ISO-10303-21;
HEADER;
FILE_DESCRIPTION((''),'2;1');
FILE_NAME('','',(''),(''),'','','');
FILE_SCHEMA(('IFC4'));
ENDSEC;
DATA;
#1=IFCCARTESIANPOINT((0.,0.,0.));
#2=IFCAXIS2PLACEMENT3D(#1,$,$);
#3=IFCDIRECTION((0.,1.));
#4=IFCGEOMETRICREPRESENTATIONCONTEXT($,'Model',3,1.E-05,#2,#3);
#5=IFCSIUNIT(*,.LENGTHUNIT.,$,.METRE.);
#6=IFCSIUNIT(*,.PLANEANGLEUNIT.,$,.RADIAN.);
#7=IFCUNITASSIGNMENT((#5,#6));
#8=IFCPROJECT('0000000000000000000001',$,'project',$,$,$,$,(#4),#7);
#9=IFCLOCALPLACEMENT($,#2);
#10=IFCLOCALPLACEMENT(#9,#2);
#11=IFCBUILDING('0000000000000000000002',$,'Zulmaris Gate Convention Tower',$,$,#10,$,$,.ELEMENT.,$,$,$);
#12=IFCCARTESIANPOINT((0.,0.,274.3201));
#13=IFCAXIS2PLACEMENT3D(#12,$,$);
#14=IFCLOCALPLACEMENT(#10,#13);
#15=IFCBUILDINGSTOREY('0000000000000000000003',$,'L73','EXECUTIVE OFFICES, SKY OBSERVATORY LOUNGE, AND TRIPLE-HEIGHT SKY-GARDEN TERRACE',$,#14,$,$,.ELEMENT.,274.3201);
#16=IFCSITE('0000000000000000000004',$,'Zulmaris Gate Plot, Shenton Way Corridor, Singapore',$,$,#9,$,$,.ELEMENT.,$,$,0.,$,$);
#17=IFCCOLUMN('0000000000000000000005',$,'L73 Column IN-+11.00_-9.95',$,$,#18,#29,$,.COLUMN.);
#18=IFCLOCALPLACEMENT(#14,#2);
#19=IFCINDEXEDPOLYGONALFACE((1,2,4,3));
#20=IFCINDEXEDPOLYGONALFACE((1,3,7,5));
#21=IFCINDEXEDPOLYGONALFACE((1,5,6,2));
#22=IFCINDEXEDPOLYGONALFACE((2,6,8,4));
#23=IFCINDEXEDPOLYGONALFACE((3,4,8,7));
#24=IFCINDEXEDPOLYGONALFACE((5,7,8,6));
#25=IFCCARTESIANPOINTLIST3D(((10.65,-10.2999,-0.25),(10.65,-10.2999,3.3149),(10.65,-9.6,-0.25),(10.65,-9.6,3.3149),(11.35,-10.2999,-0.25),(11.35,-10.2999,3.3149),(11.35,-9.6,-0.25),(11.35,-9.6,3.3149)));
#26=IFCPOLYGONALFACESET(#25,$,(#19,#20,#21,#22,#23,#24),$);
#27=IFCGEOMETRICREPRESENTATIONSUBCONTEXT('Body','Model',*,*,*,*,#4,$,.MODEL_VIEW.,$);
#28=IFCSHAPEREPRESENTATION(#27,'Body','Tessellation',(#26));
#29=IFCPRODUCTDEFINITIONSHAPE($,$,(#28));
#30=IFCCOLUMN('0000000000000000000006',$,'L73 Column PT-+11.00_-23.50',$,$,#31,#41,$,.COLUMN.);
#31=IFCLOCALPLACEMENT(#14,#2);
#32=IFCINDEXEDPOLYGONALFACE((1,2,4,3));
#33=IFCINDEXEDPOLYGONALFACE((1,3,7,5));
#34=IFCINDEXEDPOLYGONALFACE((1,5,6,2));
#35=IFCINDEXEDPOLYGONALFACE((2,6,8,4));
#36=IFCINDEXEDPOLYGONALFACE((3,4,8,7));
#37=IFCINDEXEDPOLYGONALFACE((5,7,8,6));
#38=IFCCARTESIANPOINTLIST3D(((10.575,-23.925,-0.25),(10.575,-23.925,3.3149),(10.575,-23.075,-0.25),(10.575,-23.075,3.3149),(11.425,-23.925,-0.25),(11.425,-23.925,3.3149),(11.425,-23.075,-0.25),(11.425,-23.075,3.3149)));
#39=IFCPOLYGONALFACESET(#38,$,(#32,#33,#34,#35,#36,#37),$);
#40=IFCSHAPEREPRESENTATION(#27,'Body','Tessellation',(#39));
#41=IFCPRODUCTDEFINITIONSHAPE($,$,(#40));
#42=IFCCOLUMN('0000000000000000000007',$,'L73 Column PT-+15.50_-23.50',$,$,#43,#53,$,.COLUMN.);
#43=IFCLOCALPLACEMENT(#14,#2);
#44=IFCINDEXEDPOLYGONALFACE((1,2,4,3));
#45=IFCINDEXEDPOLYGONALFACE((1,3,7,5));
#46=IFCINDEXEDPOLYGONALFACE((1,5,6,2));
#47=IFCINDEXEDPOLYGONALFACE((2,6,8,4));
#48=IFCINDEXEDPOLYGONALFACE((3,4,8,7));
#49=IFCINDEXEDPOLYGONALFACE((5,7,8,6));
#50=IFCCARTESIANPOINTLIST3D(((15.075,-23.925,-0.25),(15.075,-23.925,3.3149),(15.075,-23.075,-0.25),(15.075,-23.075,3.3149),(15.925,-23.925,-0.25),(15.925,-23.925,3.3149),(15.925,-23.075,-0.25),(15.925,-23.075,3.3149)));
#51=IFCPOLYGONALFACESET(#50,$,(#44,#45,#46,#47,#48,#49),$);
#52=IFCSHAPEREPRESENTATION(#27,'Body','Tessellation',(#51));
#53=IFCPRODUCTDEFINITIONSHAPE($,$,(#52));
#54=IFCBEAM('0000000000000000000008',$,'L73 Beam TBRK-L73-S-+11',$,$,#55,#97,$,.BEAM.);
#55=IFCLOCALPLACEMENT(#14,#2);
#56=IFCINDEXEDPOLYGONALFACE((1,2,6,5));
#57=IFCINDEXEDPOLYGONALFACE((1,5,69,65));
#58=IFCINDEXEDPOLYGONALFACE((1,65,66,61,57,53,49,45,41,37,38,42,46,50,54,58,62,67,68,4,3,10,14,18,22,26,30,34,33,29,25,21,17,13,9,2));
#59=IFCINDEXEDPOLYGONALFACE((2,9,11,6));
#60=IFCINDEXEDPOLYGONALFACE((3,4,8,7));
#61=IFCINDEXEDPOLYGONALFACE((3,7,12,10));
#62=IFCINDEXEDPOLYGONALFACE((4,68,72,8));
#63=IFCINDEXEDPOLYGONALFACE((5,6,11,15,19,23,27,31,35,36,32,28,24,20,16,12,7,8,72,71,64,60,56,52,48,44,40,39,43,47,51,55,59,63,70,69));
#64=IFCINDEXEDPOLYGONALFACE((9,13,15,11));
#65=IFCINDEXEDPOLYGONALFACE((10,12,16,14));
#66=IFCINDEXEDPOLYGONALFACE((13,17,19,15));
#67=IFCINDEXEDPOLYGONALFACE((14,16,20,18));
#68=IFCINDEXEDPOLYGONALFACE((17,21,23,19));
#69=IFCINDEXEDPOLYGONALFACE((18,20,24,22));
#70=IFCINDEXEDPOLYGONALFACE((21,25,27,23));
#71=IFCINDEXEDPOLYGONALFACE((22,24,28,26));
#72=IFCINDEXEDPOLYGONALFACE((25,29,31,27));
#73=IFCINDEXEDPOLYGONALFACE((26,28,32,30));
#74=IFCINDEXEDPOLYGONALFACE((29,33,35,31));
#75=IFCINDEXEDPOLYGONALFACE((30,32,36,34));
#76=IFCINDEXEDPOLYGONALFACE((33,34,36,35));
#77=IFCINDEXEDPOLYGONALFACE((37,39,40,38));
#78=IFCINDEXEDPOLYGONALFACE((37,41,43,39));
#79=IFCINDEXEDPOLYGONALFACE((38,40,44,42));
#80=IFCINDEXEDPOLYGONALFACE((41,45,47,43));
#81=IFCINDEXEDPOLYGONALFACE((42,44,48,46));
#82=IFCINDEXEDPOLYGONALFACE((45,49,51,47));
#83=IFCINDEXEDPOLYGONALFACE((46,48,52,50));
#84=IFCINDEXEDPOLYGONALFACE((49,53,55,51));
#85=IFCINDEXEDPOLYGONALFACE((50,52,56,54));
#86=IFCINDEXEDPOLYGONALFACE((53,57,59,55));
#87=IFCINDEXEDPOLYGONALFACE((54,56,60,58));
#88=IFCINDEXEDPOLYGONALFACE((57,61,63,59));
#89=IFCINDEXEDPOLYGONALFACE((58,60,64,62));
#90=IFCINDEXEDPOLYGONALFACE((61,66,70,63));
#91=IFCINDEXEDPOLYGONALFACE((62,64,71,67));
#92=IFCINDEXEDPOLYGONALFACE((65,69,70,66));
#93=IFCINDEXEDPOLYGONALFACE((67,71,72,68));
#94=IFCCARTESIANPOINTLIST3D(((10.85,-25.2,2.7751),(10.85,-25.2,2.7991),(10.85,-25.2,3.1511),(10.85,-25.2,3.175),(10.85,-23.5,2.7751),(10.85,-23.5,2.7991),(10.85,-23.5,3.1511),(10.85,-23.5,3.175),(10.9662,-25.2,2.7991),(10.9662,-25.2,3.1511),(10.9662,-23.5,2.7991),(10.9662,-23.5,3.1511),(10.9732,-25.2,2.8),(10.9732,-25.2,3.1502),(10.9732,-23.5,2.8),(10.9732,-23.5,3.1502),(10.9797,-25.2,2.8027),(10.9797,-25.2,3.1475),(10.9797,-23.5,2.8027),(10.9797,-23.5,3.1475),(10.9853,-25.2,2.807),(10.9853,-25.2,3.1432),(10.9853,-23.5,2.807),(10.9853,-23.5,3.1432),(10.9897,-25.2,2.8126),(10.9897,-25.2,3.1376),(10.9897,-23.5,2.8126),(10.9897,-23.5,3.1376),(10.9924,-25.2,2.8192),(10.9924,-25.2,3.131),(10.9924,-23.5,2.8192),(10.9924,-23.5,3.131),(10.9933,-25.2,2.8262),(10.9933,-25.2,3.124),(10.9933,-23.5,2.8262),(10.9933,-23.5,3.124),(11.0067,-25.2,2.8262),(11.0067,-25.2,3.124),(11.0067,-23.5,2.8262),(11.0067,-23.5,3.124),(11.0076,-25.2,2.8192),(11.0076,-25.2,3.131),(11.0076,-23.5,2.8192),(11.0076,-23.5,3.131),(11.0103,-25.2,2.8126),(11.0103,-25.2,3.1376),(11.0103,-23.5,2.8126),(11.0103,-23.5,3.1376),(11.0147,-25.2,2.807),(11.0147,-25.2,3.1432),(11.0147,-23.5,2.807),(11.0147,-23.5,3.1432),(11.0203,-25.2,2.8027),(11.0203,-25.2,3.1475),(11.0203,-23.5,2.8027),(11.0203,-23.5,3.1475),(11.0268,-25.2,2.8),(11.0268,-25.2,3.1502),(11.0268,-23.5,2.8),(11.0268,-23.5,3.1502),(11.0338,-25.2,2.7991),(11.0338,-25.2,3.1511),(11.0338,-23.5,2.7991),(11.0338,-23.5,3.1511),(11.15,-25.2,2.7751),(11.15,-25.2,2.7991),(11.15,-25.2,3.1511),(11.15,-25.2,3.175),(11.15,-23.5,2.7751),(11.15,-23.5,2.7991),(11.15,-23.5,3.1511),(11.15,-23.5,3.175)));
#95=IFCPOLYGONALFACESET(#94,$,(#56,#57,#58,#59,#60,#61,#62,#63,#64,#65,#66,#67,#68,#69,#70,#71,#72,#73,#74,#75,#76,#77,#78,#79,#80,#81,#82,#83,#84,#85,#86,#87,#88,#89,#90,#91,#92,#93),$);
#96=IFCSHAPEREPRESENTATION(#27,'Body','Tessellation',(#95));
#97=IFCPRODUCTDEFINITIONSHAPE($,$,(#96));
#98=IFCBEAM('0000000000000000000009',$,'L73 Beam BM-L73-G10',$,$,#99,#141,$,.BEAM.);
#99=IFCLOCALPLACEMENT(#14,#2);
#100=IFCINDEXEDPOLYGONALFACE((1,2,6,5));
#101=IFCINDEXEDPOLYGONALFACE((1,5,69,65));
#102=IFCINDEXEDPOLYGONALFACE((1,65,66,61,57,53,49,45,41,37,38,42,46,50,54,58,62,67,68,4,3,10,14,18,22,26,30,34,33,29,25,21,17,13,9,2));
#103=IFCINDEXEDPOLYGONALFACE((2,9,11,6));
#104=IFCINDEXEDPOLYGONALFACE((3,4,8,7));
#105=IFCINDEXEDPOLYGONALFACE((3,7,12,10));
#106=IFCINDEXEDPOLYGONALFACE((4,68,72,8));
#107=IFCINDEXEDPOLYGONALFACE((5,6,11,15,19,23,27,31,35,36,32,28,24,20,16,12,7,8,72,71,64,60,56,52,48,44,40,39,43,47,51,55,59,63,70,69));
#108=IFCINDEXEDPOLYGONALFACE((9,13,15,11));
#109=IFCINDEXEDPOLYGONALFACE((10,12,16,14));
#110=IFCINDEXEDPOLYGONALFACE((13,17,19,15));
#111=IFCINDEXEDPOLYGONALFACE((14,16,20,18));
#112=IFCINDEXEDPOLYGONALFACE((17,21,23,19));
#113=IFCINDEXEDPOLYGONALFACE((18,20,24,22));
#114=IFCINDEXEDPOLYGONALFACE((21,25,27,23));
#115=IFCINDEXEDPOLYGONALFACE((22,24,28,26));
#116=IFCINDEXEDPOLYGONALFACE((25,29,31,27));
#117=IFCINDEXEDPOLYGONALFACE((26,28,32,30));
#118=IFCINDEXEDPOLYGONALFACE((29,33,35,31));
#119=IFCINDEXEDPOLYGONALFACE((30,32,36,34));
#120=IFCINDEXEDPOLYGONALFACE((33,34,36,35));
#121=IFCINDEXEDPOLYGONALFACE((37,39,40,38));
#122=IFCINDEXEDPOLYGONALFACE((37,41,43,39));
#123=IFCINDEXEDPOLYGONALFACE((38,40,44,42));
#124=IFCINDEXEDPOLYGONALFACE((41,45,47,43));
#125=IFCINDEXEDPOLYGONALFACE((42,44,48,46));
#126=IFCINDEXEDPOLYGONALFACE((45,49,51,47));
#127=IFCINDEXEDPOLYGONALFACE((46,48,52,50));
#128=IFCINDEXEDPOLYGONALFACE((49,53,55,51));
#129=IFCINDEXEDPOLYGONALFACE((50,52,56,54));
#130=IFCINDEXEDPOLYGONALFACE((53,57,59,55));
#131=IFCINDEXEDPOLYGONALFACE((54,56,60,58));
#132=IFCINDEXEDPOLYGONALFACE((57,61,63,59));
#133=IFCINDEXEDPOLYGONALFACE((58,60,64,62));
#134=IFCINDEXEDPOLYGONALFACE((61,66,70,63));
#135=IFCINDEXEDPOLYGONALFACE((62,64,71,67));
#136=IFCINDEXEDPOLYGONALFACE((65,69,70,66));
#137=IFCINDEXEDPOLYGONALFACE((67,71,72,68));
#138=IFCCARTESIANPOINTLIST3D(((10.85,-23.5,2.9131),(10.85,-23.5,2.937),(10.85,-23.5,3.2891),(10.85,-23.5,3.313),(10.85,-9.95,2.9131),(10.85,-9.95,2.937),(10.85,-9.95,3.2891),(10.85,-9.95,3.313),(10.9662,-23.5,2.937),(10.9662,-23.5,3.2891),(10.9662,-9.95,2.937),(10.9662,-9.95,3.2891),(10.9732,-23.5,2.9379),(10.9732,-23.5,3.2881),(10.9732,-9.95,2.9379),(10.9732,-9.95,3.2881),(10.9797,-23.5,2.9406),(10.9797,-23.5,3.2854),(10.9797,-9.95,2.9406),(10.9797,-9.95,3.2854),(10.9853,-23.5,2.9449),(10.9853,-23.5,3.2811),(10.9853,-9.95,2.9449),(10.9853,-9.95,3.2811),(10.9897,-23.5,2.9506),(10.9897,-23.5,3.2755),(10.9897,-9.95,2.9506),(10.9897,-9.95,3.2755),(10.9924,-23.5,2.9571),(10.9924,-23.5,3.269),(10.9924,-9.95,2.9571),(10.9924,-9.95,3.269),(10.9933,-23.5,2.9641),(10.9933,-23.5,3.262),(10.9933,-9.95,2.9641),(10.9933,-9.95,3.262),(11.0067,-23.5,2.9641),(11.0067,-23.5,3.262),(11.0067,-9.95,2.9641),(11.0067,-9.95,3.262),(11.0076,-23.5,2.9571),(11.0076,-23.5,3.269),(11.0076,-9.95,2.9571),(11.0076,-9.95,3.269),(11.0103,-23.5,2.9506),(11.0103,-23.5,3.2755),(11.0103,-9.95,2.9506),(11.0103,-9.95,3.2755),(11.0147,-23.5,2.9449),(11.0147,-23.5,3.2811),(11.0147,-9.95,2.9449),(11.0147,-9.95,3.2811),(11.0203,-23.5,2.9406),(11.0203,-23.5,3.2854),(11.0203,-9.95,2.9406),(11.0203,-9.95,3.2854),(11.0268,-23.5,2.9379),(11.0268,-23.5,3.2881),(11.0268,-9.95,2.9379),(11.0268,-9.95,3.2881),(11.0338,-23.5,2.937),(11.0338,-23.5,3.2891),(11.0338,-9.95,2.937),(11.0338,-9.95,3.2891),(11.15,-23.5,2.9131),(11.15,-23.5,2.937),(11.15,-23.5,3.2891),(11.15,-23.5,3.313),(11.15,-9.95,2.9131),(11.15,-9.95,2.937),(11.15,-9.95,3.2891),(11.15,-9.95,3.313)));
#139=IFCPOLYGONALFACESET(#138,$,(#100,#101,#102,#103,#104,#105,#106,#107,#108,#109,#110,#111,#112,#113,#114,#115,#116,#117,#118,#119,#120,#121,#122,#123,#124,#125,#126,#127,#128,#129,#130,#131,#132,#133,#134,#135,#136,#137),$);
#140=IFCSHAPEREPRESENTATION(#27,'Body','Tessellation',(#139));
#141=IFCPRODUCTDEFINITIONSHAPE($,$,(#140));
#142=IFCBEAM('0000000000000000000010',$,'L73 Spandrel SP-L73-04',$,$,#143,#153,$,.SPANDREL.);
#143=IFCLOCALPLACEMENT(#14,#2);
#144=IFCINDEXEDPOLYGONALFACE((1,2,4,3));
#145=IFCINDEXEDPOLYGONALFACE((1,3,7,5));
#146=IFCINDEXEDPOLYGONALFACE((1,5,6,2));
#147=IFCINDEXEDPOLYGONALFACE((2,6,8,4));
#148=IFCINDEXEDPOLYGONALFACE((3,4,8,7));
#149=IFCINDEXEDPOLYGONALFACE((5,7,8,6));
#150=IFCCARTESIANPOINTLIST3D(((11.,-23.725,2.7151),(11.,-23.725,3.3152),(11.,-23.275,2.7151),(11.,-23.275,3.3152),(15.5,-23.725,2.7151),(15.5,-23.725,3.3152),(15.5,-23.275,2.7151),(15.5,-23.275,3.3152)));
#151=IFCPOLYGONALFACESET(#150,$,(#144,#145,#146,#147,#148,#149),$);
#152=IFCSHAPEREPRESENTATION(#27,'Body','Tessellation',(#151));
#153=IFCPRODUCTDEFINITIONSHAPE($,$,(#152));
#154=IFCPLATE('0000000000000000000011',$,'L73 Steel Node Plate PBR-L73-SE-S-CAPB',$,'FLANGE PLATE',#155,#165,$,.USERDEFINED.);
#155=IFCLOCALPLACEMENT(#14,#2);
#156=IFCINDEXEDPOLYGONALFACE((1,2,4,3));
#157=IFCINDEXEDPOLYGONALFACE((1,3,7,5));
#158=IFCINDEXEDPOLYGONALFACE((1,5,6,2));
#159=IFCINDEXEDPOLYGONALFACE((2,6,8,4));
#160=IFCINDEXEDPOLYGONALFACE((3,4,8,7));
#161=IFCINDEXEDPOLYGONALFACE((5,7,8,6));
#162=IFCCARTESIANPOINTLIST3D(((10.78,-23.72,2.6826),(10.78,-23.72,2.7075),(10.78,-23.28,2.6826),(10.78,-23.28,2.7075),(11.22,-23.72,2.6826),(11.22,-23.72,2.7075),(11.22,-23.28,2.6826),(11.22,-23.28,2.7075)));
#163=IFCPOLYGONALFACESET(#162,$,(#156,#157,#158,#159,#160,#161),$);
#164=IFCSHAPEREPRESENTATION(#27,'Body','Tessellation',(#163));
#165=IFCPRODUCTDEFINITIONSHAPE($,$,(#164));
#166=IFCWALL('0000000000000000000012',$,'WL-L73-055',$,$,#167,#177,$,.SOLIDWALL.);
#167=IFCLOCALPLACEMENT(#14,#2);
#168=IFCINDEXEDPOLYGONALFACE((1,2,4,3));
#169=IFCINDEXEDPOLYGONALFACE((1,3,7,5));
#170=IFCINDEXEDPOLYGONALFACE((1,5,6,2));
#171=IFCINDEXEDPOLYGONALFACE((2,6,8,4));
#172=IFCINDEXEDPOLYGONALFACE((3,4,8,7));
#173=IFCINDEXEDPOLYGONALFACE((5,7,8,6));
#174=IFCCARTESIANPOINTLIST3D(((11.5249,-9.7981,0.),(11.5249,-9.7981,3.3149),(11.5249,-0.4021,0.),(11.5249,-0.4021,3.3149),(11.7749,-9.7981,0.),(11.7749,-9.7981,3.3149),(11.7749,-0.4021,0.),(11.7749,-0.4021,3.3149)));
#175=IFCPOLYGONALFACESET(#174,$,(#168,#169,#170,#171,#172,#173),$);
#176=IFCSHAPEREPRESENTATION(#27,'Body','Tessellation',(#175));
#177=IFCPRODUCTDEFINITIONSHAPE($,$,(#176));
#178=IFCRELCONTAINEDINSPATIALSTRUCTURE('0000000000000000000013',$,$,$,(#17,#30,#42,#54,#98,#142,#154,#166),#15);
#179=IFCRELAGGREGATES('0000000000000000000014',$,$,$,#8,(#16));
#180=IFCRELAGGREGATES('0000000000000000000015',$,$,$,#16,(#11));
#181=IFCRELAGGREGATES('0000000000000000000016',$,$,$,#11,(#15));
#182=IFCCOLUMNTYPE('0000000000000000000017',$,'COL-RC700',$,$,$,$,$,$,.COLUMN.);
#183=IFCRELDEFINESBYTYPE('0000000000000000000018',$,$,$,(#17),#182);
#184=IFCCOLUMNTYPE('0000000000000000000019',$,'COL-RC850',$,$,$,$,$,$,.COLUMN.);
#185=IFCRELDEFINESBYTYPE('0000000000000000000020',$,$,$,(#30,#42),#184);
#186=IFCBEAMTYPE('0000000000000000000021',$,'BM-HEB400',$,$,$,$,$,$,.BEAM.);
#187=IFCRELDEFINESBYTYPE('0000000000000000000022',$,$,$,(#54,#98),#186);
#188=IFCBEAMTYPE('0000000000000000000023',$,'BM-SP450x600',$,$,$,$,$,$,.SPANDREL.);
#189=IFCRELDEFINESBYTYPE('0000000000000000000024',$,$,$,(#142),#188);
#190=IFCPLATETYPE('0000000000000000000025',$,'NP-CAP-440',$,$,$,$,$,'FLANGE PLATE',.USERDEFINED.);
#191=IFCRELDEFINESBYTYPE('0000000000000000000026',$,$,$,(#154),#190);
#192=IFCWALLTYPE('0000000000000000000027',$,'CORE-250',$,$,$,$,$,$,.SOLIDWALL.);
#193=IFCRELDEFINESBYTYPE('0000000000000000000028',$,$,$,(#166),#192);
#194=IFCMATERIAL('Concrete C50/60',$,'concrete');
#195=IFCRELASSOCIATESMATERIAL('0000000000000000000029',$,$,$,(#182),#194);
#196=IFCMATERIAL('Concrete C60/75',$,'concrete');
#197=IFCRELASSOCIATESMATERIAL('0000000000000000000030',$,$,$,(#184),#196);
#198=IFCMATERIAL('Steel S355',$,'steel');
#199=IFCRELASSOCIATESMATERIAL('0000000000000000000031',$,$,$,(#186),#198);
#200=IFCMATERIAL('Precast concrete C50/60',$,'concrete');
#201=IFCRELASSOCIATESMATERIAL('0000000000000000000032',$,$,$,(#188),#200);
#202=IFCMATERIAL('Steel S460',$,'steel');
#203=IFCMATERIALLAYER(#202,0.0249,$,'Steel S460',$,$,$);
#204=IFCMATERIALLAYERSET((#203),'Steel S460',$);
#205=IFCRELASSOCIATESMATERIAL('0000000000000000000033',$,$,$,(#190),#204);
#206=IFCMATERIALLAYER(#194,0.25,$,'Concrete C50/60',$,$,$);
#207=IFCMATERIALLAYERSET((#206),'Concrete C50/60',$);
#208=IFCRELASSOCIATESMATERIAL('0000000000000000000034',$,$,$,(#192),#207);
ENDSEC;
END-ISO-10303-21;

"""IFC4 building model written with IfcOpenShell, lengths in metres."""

from ifc_helpers import new_model, si_unit, direction, frame, frame_2d, origin, origin_2d, place, context, subcontext, project, spatial, rectangle, i_section, extrude, material, layer, layer_set, material_profile, profile_set, type_object, element, save


model = new_model("IFC4")

# Units and contexts
model_context = context("Model", 3, precision=1e-05, world=origin(), true_north=direction((0.0, 1.0)))
body_context = subcontext(model_context, "Body", "Model", "MODEL_VIEW")
ifc_project = project(units=[si_unit("LENGTHUNIT", "METRE"), si_unit("PLANEANGLEUNIT", "RADIAN")], contexts=[model_context])

# Site, building, storey
site_placement = place(None, origin())
site = spatial("IfcSite", under=ifc_project, at=site_placement, Name="Zulmaris Gate Plot, Shenton Way Corridor, Singapore", CompositionType="ELEMENT", RefElevation=0.0)
building_placement = place(site_placement, origin())
building = spatial("IfcBuilding", under=site, at=building_placement, Name="Zulmaris Gate Convention Tower", CompositionType="ELEMENT")
storey_placement = place(building_placement, frame((0.0, 0.0, 274.3201)))
storey = spatial("IfcBuildingStorey", under=building, at=storey_placement, Name="L73", Description="EXECUTIVE OFFICES, SKY OBSERVATORY LOUNGE, AND TRIPLE-HEIGHT SKY-GARDEN TERRACE", CompositionType="ELEMENT", Elevation=274.3201)

# Columns
ifc_material_1 = material(Name="Concrete C50/60", Category="concrete")
ifc_material_profile_1 = material_profile(ifc_material_1, rectangle(XDim=0.7, YDim=0.7, at=origin_2d()), Name="RC COL 700x700")
ifc_profile_set_1 = profile_set([ifc_material_profile_1], Name="Concrete C50/60")
column_type_1 = type_object("IfcColumnType", Name="COL-RC700", PredefinedType="COLUMN", material=ifc_profile_set_1)
column_placement = place(storey_placement, frame((11.0, -9.95, -0.25), z_axis=(0.0, 0.0, 1.0), x_axis=(1.0, 0.0, 0.0)))
element("IfcColumn", 1, at=column_placement, inside=storey, type_object=column_type_1, Name="L73 Column IN-+11.00_-9.95", PredefinedType="COLUMN", context=body_context, shape_type="SweptSolid", body=[
    extrude(rectangle(XDim=0.7, YDim=0.7, at=origin_2d()), origin(), (0.0, 0.0, 1.0), 3.5649),
])
ifc_material_2 = material(Name="Concrete C60/75", Category="concrete")
ifc_material_profile_2 = material_profile(ifc_material_2, rectangle(XDim=0.8501, YDim=0.8501, at=origin_2d()), Name="RC COL 850x850")
ifc_profile_set_2 = profile_set([ifc_material_profile_2], Name="Concrete C60/75")
column_type_2 = type_object("IfcColumnType", Name="COL-RC850", PredefinedType="COLUMN", material=ifc_profile_set_2)
for number, where, z_axis, x_axis, name in (
    (2, (11.0, -23.5, -0.25), (0.0, 0.0, 1.0), (1.0, 0.0, 0.0), "L73 Column PT-+11.00_-23.50"),
    (3, (15.5, -23.5, -0.25), (0.0, 0.0, 1.0), (1.0, 0.0, 0.0), "L73 Column PT-+15.50_-23.50"),
):
    element("IfcColumn", number, at=place(storey_placement, frame(where, z_axis=z_axis, x_axis=x_axis)), inside=storey, type_object=column_type_2, Name=name, PredefinedType="COLUMN", context=body_context, shape_type="SweptSolid", body=[
        extrude(rectangle(XDim=0.8501, YDim=0.8501, at=origin_2d()), origin(), (0.0, 0.0, 1.0), 3.5649),
    ])

# Beams
ifc_material_3 = material(Name="Steel S355", Category="steel")
ifc_material_profile_3 = material_profile(ifc_material_3, i_section(OverallWidth=0.3, OverallDepth=0.3999, WebThickness=0.0134, FlangeThickness=0.0239, FilletRadius=0.0271, at=origin_2d()), Name="HEB 400")
ifc_profile_set_3 = profile_set([ifc_material_profile_3], Name="Steel S355")
beam_type_1 = type_object("IfcBeamType", Name="BM-HEB400", PredefinedType="BEAM", material=ifc_profile_set_3)
beam_1_placement = place(storey_placement, frame((11.0, -25.2, 2.9751), z_axis=(0.0, 1.0, 0.0), x_axis=(-1.0, 0.0, 0.0)))
element("IfcBeam", 4, at=beam_1_placement, inside=storey, type_object=beam_type_1, Name="L73 Beam TBRK-L73-S-+11", PredefinedType="BEAM", context=body_context, shape_type="SweptSolid", body=[
    extrude(i_section(OverallWidth=0.3, OverallDepth=0.3999, WebThickness=0.0134, FlangeThickness=0.0239, FilletRadius=0.0271, at=origin_2d()), origin(), (0.0, 0.0, 1.0), 1.7),
])
beam_2_placement = place(storey_placement, frame((11.0, -23.5, 3.113), z_axis=(0.0, 1.0, 0.0), x_axis=(-1.0, 0.0, 0.0)))
element("IfcBeam", 5, at=beam_2_placement, inside=storey, type_object=beam_type_1, Name="L73 Beam BM-L73-G10", PredefinedType="BEAM", context=body_context, shape_type="SweptSolid", body=[
    extrude(i_section(OverallWidth=0.3, OverallDepth=0.3999, WebThickness=0.0134, FlangeThickness=0.0239, FilletRadius=0.0271, at=origin_2d()), origin(), (0.0, 0.0, 1.0), 13.55),
])
ifc_material_4 = material(Name="Precast concrete C50/60", Category="concrete")
ifc_material_profile_4 = material_profile(ifc_material_4, rectangle(XDim=0.45, YDim=0.6001, at=origin_2d()), Name="RC SPANDREL 450x600")
ifc_profile_set_4 = profile_set([ifc_material_profile_4], Name="Precast concrete C50/60")
beam_type_2 = type_object("IfcBeamType", Name="BM-SP450x600", PredefinedType="SPANDREL", material=ifc_profile_set_4)
beam_3_placement = place(storey_placement, frame((11.0, -23.5, 3.0151), z_axis=(1.0, 0.0, 0.0), x_axis=(0.0, 1.0, 0.0)))
element("IfcBeam", 6, at=beam_3_placement, inside=storey, type_object=beam_type_2, Name="L73 Spandrel SP-L73-04", PredefinedType="SPANDREL", context=body_context, shape_type="SweptSolid", body=[
    extrude(rectangle(XDim=0.45, YDim=0.6001, at=origin_2d()), origin(), (0.0, 0.0, 1.0), 4.5),
])

# Plate
ifc_material_5 = material(Name="Steel S460", Category="steel")
ifc_layer_1 = layer(ifc_material_5, 0.0249, Name="Steel S460")
ifc_layer_set_1 = layer_set([ifc_layer_1], Name="Steel S460")
plate_type = type_object("IfcPlateType", Name="NP-CAP-440", ElementType="FLANGE PLATE", PredefinedType="USERDEFINED", material=ifc_layer_set_1)
plate_placement = place(storey_placement, frame((11.0, -23.5, 2.6826), z_axis=(0.0, 0.0, 1.0), x_axis=(1.0, 0.0, 0.0)))
element("IfcPlate", 7, at=plate_placement, inside=storey, type_object=plate_type, Name="L73 Steel Node Plate PBR-L73-SE-S-CAPB", ObjectType="FLANGE PLATE", PredefinedType="USERDEFINED", context=body_context, shape_type="SweptSolid", body=[
    extrude(rectangle(XDim=0.4399, YDim=0.4399, at=origin_2d()), origin(), (0.0, 0.0, 1.0), 0.0249),
])

# Wall
ifc_layer_2 = layer(ifc_material_1, 0.25, Name="Concrete C50/60")
ifc_layer_set_2 = layer_set([ifc_layer_2], Name="Concrete C50/60")
wall_type_1 = type_object("IfcWallType", Name="CORE-250", PredefinedType="SOLIDWALL", material=ifc_layer_set_2)
wall_1_placement = place(storey_placement, frame((11.6499, -9.7981, 0.0), z_axis=(0.0, 0.0, 1.0), x_axis=(0.0, 1.0, 0.0)))
element("IfcWall", 8, at=wall_1_placement, inside=storey, type_object=wall_type_1, Name="WL-L73-055", PredefinedType="SOLIDWALL", context=body_context, shape_type="SweptSolid", body=[
    extrude(rectangle(XDim=9.396, YDim=0.25, at=frame_2d((4.698, 0.0))), origin(), (0.0, 0.0, 1.0), 3.3149),
])

save(model, "model.ifc")
